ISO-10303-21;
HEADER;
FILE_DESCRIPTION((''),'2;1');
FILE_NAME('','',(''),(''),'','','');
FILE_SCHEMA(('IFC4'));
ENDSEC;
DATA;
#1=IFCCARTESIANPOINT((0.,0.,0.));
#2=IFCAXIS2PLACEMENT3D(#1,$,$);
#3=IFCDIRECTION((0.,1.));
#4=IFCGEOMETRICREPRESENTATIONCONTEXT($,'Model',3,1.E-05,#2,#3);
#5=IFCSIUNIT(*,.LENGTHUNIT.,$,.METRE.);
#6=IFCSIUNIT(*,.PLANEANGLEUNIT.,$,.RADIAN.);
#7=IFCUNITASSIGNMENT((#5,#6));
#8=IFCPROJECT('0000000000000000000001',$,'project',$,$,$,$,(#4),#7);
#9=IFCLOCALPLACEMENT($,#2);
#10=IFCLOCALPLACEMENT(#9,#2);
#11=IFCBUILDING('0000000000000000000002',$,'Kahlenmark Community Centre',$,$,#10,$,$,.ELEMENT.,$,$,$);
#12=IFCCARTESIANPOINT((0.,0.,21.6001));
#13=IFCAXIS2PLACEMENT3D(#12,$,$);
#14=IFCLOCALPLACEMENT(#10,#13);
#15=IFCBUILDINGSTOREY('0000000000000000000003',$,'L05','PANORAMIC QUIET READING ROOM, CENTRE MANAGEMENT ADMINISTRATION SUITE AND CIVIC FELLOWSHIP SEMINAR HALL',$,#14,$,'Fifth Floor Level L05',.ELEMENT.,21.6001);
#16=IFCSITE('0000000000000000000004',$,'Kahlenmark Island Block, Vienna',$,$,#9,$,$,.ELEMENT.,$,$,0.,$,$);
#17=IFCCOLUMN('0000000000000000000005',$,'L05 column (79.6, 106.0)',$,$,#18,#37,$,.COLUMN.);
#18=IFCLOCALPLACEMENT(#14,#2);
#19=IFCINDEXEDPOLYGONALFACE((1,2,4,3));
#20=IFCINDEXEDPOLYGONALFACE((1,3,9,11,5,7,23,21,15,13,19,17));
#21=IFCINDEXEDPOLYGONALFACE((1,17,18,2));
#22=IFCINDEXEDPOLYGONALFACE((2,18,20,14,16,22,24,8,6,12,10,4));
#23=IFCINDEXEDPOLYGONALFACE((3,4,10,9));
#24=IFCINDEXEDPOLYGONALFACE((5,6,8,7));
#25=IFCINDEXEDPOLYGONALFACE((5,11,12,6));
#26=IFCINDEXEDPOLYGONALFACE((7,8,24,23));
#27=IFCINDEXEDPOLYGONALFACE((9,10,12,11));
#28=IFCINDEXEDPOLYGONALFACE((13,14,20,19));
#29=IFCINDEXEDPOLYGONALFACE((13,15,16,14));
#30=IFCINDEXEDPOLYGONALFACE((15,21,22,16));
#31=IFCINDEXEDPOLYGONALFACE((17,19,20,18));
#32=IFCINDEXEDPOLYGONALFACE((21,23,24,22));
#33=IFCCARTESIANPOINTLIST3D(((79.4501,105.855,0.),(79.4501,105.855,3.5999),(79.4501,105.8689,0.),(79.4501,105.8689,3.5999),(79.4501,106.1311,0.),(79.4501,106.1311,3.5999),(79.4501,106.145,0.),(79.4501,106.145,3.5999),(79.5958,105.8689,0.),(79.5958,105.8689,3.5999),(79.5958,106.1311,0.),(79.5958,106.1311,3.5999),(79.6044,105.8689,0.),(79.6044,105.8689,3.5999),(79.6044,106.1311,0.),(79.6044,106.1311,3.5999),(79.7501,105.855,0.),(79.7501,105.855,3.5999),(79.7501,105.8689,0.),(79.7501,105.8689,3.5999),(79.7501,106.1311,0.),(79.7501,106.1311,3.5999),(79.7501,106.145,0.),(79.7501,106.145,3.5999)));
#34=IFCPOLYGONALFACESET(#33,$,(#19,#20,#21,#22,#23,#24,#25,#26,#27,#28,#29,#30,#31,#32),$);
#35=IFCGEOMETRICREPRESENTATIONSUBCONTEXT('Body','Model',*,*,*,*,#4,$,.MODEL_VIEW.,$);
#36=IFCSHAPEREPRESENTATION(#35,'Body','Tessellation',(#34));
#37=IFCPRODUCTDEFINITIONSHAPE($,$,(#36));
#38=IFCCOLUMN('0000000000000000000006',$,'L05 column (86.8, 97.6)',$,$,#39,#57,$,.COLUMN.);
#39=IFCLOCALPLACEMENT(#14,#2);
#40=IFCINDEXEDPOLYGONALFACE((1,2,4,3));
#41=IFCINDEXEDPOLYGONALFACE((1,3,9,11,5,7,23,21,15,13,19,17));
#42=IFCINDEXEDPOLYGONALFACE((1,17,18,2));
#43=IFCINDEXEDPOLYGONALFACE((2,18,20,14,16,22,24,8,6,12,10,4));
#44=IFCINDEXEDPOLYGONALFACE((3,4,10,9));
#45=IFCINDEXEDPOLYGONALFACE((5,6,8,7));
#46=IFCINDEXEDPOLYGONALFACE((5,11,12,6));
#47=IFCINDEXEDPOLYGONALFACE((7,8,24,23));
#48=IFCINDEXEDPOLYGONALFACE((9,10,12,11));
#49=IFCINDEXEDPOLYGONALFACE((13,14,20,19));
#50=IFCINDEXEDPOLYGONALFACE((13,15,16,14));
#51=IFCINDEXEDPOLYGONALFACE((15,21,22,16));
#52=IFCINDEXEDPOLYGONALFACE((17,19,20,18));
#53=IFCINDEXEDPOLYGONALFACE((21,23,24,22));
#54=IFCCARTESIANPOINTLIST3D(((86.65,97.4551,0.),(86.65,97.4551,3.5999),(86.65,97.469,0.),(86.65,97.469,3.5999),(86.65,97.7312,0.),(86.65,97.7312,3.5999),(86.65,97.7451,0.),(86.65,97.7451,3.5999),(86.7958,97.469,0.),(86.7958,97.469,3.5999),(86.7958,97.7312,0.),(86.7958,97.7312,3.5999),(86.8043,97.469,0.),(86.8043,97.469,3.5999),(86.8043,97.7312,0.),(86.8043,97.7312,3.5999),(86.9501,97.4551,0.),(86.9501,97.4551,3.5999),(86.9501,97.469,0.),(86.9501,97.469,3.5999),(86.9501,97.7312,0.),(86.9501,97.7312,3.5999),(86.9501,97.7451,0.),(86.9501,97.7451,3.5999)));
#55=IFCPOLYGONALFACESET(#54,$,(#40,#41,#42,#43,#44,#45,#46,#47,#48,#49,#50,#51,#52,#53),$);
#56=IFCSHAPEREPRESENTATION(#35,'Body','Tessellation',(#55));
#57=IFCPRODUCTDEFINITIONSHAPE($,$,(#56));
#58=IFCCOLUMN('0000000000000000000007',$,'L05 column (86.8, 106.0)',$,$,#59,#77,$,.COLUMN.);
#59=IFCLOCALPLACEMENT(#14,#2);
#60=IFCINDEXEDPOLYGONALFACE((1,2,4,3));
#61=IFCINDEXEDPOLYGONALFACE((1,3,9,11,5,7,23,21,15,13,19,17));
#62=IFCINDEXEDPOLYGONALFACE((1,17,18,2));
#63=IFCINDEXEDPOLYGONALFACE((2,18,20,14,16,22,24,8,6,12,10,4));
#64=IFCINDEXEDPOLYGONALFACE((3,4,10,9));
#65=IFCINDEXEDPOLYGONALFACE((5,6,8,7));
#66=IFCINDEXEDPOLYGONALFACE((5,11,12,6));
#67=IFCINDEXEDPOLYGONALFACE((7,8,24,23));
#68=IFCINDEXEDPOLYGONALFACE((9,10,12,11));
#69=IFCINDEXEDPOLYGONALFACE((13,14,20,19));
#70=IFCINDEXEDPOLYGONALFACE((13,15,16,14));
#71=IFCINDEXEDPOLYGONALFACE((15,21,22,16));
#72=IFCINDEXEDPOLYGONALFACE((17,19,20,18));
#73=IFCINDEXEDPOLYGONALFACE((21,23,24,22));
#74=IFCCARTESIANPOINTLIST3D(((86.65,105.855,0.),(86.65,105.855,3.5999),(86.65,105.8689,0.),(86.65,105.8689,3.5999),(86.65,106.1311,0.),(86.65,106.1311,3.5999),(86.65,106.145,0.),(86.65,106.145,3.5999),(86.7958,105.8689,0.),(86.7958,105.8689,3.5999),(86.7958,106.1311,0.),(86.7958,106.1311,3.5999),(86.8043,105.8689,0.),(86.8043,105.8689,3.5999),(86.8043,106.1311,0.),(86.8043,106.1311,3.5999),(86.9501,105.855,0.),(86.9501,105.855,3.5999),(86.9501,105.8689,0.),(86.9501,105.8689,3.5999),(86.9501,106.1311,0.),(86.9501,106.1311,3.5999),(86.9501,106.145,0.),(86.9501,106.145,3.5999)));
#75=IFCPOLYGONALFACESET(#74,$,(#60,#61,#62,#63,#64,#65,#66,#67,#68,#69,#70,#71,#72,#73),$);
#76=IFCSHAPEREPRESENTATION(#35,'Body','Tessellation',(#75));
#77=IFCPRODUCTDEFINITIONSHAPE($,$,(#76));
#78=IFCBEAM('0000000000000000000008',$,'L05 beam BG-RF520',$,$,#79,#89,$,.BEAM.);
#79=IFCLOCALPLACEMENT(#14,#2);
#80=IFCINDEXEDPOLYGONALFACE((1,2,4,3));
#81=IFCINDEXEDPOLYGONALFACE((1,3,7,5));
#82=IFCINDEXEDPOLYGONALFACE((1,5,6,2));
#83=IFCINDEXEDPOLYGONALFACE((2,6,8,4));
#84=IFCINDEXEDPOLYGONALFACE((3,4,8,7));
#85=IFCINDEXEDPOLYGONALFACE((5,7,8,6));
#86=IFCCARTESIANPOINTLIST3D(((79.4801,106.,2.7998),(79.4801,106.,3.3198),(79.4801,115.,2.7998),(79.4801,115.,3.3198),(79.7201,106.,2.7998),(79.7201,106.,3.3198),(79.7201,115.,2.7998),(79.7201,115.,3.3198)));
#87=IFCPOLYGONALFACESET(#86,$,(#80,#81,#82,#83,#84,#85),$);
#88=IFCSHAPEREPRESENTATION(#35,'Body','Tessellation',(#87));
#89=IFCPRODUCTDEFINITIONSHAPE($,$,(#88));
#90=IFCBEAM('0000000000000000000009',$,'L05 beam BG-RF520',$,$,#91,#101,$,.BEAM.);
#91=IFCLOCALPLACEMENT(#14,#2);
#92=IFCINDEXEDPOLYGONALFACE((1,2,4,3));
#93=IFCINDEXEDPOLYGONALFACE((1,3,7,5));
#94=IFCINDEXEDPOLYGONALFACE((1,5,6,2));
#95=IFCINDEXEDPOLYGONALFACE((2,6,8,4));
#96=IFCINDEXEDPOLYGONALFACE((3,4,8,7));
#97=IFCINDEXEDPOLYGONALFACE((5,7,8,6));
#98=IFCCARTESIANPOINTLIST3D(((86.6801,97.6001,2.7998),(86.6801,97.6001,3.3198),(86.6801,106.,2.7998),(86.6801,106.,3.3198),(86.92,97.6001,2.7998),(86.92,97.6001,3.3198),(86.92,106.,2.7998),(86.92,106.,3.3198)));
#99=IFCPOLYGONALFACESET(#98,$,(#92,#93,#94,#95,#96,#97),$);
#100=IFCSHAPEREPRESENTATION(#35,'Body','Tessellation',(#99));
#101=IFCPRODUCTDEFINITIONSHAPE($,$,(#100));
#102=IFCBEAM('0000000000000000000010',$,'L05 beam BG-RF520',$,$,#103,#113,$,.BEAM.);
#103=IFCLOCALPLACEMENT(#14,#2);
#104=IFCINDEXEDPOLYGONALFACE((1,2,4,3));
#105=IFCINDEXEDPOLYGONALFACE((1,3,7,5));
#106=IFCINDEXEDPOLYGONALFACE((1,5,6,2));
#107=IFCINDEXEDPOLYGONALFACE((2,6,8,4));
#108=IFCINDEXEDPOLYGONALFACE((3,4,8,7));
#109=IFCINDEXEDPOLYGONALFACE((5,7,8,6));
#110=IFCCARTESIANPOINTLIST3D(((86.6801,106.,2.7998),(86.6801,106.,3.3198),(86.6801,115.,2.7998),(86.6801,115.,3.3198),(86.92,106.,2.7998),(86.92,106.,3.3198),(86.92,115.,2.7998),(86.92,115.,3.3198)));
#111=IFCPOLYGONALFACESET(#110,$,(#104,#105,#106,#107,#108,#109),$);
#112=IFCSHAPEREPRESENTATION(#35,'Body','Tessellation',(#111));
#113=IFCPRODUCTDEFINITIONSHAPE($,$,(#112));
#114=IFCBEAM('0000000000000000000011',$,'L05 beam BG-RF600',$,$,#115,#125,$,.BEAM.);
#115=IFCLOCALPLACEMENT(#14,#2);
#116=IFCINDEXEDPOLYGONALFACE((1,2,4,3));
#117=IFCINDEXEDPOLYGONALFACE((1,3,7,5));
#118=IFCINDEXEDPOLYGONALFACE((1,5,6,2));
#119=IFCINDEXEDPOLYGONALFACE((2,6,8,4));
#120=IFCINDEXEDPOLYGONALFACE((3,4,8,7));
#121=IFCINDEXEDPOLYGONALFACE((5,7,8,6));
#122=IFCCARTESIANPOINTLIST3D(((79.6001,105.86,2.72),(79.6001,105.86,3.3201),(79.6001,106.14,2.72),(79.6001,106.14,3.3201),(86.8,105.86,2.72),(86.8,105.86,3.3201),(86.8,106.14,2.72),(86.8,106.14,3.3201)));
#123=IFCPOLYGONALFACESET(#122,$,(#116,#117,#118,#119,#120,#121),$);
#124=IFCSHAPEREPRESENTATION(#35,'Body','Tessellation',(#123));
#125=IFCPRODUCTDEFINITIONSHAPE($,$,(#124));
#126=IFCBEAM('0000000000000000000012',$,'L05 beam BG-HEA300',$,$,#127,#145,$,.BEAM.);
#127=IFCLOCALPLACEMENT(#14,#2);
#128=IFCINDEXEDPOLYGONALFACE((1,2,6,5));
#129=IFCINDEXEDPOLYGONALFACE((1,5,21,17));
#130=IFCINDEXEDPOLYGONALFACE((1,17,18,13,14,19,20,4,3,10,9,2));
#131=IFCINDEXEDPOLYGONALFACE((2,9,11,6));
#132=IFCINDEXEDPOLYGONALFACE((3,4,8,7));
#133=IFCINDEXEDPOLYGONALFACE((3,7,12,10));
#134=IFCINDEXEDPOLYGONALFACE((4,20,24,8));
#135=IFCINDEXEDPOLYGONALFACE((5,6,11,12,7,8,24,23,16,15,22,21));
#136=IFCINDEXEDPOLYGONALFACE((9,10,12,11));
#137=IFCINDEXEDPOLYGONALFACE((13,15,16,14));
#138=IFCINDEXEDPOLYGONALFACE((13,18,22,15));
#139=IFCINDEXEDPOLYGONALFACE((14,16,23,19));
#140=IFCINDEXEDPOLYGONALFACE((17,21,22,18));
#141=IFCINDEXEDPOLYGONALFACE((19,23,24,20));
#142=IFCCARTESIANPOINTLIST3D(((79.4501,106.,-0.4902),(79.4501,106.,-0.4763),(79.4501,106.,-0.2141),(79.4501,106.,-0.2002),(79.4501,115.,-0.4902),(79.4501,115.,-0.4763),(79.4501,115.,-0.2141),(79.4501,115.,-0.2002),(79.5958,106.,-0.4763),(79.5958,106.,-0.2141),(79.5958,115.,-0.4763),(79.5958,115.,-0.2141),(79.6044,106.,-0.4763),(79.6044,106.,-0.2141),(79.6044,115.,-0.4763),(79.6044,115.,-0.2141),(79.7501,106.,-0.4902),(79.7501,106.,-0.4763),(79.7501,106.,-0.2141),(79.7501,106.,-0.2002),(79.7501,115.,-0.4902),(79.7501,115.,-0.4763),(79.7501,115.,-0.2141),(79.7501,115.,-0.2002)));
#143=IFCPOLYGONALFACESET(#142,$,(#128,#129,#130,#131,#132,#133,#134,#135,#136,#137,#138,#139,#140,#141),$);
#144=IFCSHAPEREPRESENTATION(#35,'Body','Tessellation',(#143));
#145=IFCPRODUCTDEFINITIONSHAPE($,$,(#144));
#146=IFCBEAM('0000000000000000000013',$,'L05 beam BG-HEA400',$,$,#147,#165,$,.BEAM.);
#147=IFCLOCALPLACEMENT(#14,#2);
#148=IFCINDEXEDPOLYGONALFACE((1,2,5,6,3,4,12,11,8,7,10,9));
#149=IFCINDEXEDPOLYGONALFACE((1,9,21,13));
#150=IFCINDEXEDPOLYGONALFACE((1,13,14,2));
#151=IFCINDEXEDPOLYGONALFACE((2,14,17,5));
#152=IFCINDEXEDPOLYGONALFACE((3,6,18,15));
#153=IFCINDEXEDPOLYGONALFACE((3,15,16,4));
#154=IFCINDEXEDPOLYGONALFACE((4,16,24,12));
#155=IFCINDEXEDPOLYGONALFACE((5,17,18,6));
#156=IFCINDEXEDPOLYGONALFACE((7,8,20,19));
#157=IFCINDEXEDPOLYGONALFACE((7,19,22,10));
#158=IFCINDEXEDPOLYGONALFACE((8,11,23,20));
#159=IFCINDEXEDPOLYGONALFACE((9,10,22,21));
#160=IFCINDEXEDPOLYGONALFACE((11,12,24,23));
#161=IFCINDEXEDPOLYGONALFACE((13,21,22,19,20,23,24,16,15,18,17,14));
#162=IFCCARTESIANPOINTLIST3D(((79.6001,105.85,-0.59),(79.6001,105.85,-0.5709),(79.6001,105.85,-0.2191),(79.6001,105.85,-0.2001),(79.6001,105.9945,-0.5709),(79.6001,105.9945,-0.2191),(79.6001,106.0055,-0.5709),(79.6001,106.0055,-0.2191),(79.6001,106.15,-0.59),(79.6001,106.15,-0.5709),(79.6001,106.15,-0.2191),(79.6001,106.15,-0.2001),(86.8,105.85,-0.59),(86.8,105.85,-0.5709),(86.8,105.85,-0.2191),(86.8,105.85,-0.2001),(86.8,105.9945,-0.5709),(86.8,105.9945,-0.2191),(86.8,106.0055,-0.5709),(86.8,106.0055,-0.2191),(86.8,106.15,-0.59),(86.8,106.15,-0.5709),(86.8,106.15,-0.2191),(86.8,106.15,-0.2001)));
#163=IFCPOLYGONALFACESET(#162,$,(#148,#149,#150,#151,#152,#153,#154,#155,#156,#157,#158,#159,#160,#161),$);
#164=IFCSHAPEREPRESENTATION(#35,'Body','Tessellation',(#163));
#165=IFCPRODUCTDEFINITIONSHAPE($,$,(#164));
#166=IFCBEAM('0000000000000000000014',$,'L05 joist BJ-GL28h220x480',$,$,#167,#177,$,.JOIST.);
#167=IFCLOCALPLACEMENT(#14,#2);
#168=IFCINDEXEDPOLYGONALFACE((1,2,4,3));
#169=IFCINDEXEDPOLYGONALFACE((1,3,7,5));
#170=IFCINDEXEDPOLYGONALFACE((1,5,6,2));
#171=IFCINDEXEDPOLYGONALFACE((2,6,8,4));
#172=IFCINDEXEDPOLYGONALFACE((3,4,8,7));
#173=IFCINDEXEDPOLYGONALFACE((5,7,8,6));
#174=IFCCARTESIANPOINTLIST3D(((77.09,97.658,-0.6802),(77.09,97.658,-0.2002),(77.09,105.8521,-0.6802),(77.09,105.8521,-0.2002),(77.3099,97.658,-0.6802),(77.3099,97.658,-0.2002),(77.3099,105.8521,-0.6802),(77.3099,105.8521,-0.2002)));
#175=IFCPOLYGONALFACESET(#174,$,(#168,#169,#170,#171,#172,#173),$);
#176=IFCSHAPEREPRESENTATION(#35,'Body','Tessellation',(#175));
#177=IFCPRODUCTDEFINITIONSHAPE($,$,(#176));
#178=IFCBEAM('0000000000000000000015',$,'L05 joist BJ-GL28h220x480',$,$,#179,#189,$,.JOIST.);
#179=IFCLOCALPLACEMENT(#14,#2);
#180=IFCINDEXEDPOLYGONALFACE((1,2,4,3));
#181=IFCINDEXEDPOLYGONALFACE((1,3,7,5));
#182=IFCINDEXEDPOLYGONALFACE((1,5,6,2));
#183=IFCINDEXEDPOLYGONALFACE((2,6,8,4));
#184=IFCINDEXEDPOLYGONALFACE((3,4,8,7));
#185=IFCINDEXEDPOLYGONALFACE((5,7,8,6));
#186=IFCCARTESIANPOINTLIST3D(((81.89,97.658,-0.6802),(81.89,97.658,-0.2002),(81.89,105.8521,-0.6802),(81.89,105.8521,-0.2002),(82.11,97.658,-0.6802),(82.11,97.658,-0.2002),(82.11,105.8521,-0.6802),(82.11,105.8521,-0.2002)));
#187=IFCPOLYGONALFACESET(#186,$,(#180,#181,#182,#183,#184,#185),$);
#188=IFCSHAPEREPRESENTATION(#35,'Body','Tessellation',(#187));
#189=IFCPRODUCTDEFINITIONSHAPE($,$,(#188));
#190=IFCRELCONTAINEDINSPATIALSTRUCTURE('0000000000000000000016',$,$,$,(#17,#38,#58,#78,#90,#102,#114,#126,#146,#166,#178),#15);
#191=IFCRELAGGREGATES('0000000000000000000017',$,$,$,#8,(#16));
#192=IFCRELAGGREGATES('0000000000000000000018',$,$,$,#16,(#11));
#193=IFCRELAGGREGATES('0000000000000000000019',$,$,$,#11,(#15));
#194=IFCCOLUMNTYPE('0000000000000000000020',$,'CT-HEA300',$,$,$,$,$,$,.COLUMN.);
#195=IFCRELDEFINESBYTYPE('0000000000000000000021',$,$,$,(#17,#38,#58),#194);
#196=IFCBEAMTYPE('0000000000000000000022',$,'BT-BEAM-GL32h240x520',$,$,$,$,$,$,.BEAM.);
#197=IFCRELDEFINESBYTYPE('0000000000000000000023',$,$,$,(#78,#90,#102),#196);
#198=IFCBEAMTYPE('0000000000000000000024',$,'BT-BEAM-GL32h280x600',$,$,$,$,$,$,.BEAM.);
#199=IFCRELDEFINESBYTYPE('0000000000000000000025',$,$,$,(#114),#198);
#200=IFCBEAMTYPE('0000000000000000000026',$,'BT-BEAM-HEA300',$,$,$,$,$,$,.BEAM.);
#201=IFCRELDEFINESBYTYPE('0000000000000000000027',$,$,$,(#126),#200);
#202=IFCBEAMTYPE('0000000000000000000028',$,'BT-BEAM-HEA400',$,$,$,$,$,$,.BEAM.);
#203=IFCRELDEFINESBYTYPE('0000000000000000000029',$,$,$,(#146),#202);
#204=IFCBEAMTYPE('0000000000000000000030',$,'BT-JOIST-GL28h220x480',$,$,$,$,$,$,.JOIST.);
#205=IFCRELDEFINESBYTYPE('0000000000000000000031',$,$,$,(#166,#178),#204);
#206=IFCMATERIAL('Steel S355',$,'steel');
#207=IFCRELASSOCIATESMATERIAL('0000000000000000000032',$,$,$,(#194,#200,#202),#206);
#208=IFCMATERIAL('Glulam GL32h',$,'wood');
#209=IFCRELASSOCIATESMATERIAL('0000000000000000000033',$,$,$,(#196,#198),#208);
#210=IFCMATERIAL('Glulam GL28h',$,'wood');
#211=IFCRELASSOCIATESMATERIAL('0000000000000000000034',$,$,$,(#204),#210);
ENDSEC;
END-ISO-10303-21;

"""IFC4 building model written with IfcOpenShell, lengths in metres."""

from ifc_helpers import new_model, si_unit, direction, frame, origin, origin_2d, place, context, subcontext, project, spatial, rectangle, i_section, extrude, material, material_profile, profile_set, type_object, element, save


model = new_model("IFC4")

# Units and contexts
model_context = context("Model", 3, precision=1e-05, world=origin(), true_north=direction((0.0, 1.0)))
body_context = subcontext(model_context, "Body", "Model", "MODEL_VIEW")
ifc_project = project(units=[si_unit("LENGTHUNIT", "METRE"), si_unit("PLANEANGLEUNIT", "RADIAN")], contexts=[model_context])

# Site, building, storey
site_placement = place(None, origin())
site = spatial("IfcSite", under=ifc_project, at=site_placement, Name="Kahlenmark Island Block, Vienna", CompositionType="ELEMENT", RefElevation=0.0)
building_placement = place(site_placement, origin())
building = spatial("IfcBuilding", under=site, at=building_placement, Name="Kahlenmark Community Centre", CompositionType="ELEMENT")
storey_placement = place(building_placement, frame((0.0, 0.0, 21.6001)))
storey = spatial("IfcBuildingStorey", under=building, at=storey_placement, Name="L05", Description="PANORAMIC QUIET READING ROOM, CENTRE MANAGEMENT ADMINISTRATION SUITE AND CIVIC FELLOWSHIP SEMINAR HALL", LongName="Fifth Floor Level L05", CompositionType="ELEMENT", Elevation=21.6001)

# Columns
ifc_material_1 = material(Name="Steel S355", Category="steel")
ifc_material_profile_1 = material_profile(ifc_material_1, i_section(OverallWidth=0.3, OverallDepth=0.29, WebThickness=0.0085, FlangeThickness=0.0139, at=origin_2d()), Name="HEA 300")
ifc_profile_set_1 = profile_set([ifc_material_profile_1], Name="Steel S355")
column_type = type_object("IfcColumnType", Name="CT-HEA300", PredefinedType="COLUMN", material=ifc_profile_set_1)
for number, where, z_axis, x_axis, name in (
    (1, (79.6001, 106.0, 0.0), (0.0, 0.0, 1.0), (1.0, 0.0, 0.0), "L05 column (79.6, 106.0)"),
    (2, (86.8, 97.6001, 0.0), (0.0, 0.0, 1.0), (1.0, 0.0, 0.0), "L05 column (86.8, 97.6)"),
    (3, (86.8, 106.0, 0.0), (0.0, 0.0, 1.0), (1.0, 0.0, 0.0), "L05 column (86.8, 106.0)"),
):
    element("IfcColumn", number, at=place(storey_placement, frame(where, z_axis=z_axis, x_axis=x_axis)), inside=storey, type_object=column_type, Name=name, PredefinedType="COLUMN", context=body_context, shape_type="SweptSolid", body=[
        extrude(i_section(OverallWidth=0.3, OverallDepth=0.29, WebThickness=0.0085, FlangeThickness=0.0139, at=origin_2d()), origin(), (0.0, 0.0, 1.0), 3.5999),
    ])

# Beams
ifc_material_2 = material(Name="Glulam GL32h", Category="wood")
ifc_material_profile_2 = material_profile(ifc_material_2, rectangle(XDim=0.24, YDim=0.52, at=origin_2d()), Name="GL32h 240x520")
ifc_profile_set_2 = profile_set([ifc_material_profile_2], Name="Glulam GL32h")
beam_type_1 = type_object("IfcBeamType", Name="BT-BEAM-GL32h240x520", PredefinedType="BEAM", material=ifc_profile_set_2)
beam_1_placement = place(storey_placement, frame((79.6001, 106.0, 3.0598), z_axis=(0.0, 1.0, 0.0), x_axis=(-1.0, 0.0, 0.0)))
element("IfcBeam", 4, at=beam_1_placement, inside=storey, type_object=beam_type_1, Name="L05 beam BG-RF520", PredefinedType="BEAM", context=body_context, shape_type="SweptSolid", body=[
    extrude(rectangle(XDim=0.24, YDim=0.52, at=origin_2d()), origin(), (0.0, 0.0, 1.0), 9.0),
])
beam_2_placement = place(storey_placement, frame((86.8, 97.6001, 3.0598), z_axis=(0.0, 1.0, 0.0), x_axis=(-1.0, 0.0, 0.0)))
element("IfcBeam", 5, at=beam_2_placement, inside=storey, type_object=beam_type_1, Name="L05 beam BG-RF520", PredefinedType="BEAM", context=body_context, shape_type="SweptSolid", body=[
    extrude(rectangle(XDim=0.24, YDim=0.52, at=origin_2d()), origin(), (0.0, 0.0, 1.0), 8.3999),
])
beam_3_placement = place(storey_placement, frame((86.8, 106.0, 3.0598), z_axis=(0.0, 1.0, 0.0), x_axis=(-1.0, 0.0, 0.0)))
element("IfcBeam", 6, at=beam_3_placement, inside=storey, type_object=beam_type_1, Name="L05 beam BG-RF520", PredefinedType="BEAM", context=body_context, shape_type="SweptSolid", body=[
    extrude(rectangle(XDim=0.24, YDim=0.52, at=origin_2d()), origin(), (0.0, 0.0, 1.0), 9.0),
])
ifc_material_profile_3 = material_profile(ifc_material_2, rectangle(XDim=0.28, YDim=0.6001, at=origin_2d()), Name="GL32h 280x600")
ifc_profile_set_3 = profile_set([ifc_material_profile_3], Name="Glulam GL32h")
beam_type_2 = type_object("IfcBeamType", Name="BT-BEAM-GL32h280x600", PredefinedType="BEAM", material=ifc_profile_set_3)
beam_4_placement = place(storey_placement, frame((79.6001, 106.0, 3.02), z_axis=(1.0, 0.0, 0.0), x_axis=(0.0, 1.0, 0.0)))
element("IfcBeam", 7, at=beam_4_placement, inside=storey, type_object=beam_type_2, Name="L05 beam BG-RF600", PredefinedType="BEAM", context=body_context, shape_type="SweptSolid", body=[
    extrude(rectangle(XDim=0.28, YDim=0.6001, at=origin_2d()), origin(), (0.0, 0.0, 1.0), 7.2),
])
ifc_material_profile_4 = material_profile(ifc_material_1, i_section(OverallWidth=0.3, OverallDepth=0.29, WebThickness=0.0085, FlangeThickness=0.0139, at=origin_2d()), Name="HEA 300")
ifc_profile_set_4 = profile_set([ifc_material_profile_4], Name="Steel S355")
beam_type_3 = type_object("IfcBeamType", Name="BT-BEAM-HEA300", PredefinedType="BEAM", material=ifc_profile_set_4)
beam_5_placement = place(storey_placement, frame((79.6001, 106.0, -0.3452), z_axis=(0.0, 1.0, 0.0), x_axis=(-1.0, 0.0, 0.0)))
element("IfcBeam", 8, at=beam_5_placement, inside=storey, type_object=beam_type_3, Name="L05 beam BG-HEA300", PredefinedType="BEAM", context=body_context, shape_type="SweptSolid", body=[
    extrude(i_section(OverallWidth=0.3, OverallDepth=0.29, WebThickness=0.0085, FlangeThickness=0.0139, at=origin_2d()), origin(), (0.0, 0.0, 1.0), 9.0),
])
ifc_material_profile_5 = material_profile(ifc_material_1, i_section(OverallWidth=0.3, OverallDepth=0.3899, WebThickness=0.011, FlangeThickness=0.019, at=origin_2d()), Name="HEA 400")
ifc_profile_set_5 = profile_set([ifc_material_profile_5], Name="Steel S355")
beam_type_4 = type_object("IfcBeamType", Name="BT-BEAM-HEA400", PredefinedType="BEAM", material=ifc_profile_set_5)
beam_6_placement = place(storey_placement, frame((79.6001, 106.0, -0.395), z_axis=(1.0, 0.0, 0.0), x_axis=(0.0, 1.0, 0.0)))
element("IfcBeam", 9, at=beam_6_placement, inside=storey, type_object=beam_type_4, Name="L05 beam BG-HEA400", PredefinedType="BEAM", context=body_context, shape_type="SweptSolid", body=[
    extrude(i_section(OverallWidth=0.3, OverallDepth=0.3899, WebThickness=0.011, FlangeThickness=0.019, at=origin_2d()), origin(), (0.0, 0.0, 1.0), 7.2),
])
ifc_material_3 = material(Name="Glulam GL28h", Category="wood")
ifc_material_profile_6 = material_profile(ifc_material_3, rectangle(XDim=0.22, YDim=0.48, at=origin_2d()), Name="GL28h 220x480")
ifc_profile_set_6 = profile_set([ifc_material_profile_6], Name="Glulam GL28h")
beam_type_5 = type_object("IfcBeamType", Name="BT-JOIST-GL28h220x480", PredefinedType="JOIST", material=ifc_profile_set_6)
for number, where, z_axis, x_axis, name in (
    (10, (77.2, 97.658, -0.4402), (0.0, 1.0, 0.0), (-1.0, 0.0, 0.0), "L05 joist BJ-GL28h220x480"),
    (11, (82.0, 97.658, -0.4402), (0.0, 1.0, 0.0), (-1.0, 0.0, 0.0), "L05 joist BJ-GL28h220x480"),
):
    element("IfcBeam", number, at=place(storey_placement, frame(where, z_axis=z_axis, x_axis=x_axis)), inside=storey, type_object=beam_type_5, Name=name, PredefinedType="JOIST", context=body_context, shape_type="SweptSolid", body=[
        extrude(rectangle(XDim=0.22, YDim=0.48, at=origin_2d()), origin(), (0.0, 0.0, 1.0), 8.1941),
    ])

save(model, "model.ifc")
